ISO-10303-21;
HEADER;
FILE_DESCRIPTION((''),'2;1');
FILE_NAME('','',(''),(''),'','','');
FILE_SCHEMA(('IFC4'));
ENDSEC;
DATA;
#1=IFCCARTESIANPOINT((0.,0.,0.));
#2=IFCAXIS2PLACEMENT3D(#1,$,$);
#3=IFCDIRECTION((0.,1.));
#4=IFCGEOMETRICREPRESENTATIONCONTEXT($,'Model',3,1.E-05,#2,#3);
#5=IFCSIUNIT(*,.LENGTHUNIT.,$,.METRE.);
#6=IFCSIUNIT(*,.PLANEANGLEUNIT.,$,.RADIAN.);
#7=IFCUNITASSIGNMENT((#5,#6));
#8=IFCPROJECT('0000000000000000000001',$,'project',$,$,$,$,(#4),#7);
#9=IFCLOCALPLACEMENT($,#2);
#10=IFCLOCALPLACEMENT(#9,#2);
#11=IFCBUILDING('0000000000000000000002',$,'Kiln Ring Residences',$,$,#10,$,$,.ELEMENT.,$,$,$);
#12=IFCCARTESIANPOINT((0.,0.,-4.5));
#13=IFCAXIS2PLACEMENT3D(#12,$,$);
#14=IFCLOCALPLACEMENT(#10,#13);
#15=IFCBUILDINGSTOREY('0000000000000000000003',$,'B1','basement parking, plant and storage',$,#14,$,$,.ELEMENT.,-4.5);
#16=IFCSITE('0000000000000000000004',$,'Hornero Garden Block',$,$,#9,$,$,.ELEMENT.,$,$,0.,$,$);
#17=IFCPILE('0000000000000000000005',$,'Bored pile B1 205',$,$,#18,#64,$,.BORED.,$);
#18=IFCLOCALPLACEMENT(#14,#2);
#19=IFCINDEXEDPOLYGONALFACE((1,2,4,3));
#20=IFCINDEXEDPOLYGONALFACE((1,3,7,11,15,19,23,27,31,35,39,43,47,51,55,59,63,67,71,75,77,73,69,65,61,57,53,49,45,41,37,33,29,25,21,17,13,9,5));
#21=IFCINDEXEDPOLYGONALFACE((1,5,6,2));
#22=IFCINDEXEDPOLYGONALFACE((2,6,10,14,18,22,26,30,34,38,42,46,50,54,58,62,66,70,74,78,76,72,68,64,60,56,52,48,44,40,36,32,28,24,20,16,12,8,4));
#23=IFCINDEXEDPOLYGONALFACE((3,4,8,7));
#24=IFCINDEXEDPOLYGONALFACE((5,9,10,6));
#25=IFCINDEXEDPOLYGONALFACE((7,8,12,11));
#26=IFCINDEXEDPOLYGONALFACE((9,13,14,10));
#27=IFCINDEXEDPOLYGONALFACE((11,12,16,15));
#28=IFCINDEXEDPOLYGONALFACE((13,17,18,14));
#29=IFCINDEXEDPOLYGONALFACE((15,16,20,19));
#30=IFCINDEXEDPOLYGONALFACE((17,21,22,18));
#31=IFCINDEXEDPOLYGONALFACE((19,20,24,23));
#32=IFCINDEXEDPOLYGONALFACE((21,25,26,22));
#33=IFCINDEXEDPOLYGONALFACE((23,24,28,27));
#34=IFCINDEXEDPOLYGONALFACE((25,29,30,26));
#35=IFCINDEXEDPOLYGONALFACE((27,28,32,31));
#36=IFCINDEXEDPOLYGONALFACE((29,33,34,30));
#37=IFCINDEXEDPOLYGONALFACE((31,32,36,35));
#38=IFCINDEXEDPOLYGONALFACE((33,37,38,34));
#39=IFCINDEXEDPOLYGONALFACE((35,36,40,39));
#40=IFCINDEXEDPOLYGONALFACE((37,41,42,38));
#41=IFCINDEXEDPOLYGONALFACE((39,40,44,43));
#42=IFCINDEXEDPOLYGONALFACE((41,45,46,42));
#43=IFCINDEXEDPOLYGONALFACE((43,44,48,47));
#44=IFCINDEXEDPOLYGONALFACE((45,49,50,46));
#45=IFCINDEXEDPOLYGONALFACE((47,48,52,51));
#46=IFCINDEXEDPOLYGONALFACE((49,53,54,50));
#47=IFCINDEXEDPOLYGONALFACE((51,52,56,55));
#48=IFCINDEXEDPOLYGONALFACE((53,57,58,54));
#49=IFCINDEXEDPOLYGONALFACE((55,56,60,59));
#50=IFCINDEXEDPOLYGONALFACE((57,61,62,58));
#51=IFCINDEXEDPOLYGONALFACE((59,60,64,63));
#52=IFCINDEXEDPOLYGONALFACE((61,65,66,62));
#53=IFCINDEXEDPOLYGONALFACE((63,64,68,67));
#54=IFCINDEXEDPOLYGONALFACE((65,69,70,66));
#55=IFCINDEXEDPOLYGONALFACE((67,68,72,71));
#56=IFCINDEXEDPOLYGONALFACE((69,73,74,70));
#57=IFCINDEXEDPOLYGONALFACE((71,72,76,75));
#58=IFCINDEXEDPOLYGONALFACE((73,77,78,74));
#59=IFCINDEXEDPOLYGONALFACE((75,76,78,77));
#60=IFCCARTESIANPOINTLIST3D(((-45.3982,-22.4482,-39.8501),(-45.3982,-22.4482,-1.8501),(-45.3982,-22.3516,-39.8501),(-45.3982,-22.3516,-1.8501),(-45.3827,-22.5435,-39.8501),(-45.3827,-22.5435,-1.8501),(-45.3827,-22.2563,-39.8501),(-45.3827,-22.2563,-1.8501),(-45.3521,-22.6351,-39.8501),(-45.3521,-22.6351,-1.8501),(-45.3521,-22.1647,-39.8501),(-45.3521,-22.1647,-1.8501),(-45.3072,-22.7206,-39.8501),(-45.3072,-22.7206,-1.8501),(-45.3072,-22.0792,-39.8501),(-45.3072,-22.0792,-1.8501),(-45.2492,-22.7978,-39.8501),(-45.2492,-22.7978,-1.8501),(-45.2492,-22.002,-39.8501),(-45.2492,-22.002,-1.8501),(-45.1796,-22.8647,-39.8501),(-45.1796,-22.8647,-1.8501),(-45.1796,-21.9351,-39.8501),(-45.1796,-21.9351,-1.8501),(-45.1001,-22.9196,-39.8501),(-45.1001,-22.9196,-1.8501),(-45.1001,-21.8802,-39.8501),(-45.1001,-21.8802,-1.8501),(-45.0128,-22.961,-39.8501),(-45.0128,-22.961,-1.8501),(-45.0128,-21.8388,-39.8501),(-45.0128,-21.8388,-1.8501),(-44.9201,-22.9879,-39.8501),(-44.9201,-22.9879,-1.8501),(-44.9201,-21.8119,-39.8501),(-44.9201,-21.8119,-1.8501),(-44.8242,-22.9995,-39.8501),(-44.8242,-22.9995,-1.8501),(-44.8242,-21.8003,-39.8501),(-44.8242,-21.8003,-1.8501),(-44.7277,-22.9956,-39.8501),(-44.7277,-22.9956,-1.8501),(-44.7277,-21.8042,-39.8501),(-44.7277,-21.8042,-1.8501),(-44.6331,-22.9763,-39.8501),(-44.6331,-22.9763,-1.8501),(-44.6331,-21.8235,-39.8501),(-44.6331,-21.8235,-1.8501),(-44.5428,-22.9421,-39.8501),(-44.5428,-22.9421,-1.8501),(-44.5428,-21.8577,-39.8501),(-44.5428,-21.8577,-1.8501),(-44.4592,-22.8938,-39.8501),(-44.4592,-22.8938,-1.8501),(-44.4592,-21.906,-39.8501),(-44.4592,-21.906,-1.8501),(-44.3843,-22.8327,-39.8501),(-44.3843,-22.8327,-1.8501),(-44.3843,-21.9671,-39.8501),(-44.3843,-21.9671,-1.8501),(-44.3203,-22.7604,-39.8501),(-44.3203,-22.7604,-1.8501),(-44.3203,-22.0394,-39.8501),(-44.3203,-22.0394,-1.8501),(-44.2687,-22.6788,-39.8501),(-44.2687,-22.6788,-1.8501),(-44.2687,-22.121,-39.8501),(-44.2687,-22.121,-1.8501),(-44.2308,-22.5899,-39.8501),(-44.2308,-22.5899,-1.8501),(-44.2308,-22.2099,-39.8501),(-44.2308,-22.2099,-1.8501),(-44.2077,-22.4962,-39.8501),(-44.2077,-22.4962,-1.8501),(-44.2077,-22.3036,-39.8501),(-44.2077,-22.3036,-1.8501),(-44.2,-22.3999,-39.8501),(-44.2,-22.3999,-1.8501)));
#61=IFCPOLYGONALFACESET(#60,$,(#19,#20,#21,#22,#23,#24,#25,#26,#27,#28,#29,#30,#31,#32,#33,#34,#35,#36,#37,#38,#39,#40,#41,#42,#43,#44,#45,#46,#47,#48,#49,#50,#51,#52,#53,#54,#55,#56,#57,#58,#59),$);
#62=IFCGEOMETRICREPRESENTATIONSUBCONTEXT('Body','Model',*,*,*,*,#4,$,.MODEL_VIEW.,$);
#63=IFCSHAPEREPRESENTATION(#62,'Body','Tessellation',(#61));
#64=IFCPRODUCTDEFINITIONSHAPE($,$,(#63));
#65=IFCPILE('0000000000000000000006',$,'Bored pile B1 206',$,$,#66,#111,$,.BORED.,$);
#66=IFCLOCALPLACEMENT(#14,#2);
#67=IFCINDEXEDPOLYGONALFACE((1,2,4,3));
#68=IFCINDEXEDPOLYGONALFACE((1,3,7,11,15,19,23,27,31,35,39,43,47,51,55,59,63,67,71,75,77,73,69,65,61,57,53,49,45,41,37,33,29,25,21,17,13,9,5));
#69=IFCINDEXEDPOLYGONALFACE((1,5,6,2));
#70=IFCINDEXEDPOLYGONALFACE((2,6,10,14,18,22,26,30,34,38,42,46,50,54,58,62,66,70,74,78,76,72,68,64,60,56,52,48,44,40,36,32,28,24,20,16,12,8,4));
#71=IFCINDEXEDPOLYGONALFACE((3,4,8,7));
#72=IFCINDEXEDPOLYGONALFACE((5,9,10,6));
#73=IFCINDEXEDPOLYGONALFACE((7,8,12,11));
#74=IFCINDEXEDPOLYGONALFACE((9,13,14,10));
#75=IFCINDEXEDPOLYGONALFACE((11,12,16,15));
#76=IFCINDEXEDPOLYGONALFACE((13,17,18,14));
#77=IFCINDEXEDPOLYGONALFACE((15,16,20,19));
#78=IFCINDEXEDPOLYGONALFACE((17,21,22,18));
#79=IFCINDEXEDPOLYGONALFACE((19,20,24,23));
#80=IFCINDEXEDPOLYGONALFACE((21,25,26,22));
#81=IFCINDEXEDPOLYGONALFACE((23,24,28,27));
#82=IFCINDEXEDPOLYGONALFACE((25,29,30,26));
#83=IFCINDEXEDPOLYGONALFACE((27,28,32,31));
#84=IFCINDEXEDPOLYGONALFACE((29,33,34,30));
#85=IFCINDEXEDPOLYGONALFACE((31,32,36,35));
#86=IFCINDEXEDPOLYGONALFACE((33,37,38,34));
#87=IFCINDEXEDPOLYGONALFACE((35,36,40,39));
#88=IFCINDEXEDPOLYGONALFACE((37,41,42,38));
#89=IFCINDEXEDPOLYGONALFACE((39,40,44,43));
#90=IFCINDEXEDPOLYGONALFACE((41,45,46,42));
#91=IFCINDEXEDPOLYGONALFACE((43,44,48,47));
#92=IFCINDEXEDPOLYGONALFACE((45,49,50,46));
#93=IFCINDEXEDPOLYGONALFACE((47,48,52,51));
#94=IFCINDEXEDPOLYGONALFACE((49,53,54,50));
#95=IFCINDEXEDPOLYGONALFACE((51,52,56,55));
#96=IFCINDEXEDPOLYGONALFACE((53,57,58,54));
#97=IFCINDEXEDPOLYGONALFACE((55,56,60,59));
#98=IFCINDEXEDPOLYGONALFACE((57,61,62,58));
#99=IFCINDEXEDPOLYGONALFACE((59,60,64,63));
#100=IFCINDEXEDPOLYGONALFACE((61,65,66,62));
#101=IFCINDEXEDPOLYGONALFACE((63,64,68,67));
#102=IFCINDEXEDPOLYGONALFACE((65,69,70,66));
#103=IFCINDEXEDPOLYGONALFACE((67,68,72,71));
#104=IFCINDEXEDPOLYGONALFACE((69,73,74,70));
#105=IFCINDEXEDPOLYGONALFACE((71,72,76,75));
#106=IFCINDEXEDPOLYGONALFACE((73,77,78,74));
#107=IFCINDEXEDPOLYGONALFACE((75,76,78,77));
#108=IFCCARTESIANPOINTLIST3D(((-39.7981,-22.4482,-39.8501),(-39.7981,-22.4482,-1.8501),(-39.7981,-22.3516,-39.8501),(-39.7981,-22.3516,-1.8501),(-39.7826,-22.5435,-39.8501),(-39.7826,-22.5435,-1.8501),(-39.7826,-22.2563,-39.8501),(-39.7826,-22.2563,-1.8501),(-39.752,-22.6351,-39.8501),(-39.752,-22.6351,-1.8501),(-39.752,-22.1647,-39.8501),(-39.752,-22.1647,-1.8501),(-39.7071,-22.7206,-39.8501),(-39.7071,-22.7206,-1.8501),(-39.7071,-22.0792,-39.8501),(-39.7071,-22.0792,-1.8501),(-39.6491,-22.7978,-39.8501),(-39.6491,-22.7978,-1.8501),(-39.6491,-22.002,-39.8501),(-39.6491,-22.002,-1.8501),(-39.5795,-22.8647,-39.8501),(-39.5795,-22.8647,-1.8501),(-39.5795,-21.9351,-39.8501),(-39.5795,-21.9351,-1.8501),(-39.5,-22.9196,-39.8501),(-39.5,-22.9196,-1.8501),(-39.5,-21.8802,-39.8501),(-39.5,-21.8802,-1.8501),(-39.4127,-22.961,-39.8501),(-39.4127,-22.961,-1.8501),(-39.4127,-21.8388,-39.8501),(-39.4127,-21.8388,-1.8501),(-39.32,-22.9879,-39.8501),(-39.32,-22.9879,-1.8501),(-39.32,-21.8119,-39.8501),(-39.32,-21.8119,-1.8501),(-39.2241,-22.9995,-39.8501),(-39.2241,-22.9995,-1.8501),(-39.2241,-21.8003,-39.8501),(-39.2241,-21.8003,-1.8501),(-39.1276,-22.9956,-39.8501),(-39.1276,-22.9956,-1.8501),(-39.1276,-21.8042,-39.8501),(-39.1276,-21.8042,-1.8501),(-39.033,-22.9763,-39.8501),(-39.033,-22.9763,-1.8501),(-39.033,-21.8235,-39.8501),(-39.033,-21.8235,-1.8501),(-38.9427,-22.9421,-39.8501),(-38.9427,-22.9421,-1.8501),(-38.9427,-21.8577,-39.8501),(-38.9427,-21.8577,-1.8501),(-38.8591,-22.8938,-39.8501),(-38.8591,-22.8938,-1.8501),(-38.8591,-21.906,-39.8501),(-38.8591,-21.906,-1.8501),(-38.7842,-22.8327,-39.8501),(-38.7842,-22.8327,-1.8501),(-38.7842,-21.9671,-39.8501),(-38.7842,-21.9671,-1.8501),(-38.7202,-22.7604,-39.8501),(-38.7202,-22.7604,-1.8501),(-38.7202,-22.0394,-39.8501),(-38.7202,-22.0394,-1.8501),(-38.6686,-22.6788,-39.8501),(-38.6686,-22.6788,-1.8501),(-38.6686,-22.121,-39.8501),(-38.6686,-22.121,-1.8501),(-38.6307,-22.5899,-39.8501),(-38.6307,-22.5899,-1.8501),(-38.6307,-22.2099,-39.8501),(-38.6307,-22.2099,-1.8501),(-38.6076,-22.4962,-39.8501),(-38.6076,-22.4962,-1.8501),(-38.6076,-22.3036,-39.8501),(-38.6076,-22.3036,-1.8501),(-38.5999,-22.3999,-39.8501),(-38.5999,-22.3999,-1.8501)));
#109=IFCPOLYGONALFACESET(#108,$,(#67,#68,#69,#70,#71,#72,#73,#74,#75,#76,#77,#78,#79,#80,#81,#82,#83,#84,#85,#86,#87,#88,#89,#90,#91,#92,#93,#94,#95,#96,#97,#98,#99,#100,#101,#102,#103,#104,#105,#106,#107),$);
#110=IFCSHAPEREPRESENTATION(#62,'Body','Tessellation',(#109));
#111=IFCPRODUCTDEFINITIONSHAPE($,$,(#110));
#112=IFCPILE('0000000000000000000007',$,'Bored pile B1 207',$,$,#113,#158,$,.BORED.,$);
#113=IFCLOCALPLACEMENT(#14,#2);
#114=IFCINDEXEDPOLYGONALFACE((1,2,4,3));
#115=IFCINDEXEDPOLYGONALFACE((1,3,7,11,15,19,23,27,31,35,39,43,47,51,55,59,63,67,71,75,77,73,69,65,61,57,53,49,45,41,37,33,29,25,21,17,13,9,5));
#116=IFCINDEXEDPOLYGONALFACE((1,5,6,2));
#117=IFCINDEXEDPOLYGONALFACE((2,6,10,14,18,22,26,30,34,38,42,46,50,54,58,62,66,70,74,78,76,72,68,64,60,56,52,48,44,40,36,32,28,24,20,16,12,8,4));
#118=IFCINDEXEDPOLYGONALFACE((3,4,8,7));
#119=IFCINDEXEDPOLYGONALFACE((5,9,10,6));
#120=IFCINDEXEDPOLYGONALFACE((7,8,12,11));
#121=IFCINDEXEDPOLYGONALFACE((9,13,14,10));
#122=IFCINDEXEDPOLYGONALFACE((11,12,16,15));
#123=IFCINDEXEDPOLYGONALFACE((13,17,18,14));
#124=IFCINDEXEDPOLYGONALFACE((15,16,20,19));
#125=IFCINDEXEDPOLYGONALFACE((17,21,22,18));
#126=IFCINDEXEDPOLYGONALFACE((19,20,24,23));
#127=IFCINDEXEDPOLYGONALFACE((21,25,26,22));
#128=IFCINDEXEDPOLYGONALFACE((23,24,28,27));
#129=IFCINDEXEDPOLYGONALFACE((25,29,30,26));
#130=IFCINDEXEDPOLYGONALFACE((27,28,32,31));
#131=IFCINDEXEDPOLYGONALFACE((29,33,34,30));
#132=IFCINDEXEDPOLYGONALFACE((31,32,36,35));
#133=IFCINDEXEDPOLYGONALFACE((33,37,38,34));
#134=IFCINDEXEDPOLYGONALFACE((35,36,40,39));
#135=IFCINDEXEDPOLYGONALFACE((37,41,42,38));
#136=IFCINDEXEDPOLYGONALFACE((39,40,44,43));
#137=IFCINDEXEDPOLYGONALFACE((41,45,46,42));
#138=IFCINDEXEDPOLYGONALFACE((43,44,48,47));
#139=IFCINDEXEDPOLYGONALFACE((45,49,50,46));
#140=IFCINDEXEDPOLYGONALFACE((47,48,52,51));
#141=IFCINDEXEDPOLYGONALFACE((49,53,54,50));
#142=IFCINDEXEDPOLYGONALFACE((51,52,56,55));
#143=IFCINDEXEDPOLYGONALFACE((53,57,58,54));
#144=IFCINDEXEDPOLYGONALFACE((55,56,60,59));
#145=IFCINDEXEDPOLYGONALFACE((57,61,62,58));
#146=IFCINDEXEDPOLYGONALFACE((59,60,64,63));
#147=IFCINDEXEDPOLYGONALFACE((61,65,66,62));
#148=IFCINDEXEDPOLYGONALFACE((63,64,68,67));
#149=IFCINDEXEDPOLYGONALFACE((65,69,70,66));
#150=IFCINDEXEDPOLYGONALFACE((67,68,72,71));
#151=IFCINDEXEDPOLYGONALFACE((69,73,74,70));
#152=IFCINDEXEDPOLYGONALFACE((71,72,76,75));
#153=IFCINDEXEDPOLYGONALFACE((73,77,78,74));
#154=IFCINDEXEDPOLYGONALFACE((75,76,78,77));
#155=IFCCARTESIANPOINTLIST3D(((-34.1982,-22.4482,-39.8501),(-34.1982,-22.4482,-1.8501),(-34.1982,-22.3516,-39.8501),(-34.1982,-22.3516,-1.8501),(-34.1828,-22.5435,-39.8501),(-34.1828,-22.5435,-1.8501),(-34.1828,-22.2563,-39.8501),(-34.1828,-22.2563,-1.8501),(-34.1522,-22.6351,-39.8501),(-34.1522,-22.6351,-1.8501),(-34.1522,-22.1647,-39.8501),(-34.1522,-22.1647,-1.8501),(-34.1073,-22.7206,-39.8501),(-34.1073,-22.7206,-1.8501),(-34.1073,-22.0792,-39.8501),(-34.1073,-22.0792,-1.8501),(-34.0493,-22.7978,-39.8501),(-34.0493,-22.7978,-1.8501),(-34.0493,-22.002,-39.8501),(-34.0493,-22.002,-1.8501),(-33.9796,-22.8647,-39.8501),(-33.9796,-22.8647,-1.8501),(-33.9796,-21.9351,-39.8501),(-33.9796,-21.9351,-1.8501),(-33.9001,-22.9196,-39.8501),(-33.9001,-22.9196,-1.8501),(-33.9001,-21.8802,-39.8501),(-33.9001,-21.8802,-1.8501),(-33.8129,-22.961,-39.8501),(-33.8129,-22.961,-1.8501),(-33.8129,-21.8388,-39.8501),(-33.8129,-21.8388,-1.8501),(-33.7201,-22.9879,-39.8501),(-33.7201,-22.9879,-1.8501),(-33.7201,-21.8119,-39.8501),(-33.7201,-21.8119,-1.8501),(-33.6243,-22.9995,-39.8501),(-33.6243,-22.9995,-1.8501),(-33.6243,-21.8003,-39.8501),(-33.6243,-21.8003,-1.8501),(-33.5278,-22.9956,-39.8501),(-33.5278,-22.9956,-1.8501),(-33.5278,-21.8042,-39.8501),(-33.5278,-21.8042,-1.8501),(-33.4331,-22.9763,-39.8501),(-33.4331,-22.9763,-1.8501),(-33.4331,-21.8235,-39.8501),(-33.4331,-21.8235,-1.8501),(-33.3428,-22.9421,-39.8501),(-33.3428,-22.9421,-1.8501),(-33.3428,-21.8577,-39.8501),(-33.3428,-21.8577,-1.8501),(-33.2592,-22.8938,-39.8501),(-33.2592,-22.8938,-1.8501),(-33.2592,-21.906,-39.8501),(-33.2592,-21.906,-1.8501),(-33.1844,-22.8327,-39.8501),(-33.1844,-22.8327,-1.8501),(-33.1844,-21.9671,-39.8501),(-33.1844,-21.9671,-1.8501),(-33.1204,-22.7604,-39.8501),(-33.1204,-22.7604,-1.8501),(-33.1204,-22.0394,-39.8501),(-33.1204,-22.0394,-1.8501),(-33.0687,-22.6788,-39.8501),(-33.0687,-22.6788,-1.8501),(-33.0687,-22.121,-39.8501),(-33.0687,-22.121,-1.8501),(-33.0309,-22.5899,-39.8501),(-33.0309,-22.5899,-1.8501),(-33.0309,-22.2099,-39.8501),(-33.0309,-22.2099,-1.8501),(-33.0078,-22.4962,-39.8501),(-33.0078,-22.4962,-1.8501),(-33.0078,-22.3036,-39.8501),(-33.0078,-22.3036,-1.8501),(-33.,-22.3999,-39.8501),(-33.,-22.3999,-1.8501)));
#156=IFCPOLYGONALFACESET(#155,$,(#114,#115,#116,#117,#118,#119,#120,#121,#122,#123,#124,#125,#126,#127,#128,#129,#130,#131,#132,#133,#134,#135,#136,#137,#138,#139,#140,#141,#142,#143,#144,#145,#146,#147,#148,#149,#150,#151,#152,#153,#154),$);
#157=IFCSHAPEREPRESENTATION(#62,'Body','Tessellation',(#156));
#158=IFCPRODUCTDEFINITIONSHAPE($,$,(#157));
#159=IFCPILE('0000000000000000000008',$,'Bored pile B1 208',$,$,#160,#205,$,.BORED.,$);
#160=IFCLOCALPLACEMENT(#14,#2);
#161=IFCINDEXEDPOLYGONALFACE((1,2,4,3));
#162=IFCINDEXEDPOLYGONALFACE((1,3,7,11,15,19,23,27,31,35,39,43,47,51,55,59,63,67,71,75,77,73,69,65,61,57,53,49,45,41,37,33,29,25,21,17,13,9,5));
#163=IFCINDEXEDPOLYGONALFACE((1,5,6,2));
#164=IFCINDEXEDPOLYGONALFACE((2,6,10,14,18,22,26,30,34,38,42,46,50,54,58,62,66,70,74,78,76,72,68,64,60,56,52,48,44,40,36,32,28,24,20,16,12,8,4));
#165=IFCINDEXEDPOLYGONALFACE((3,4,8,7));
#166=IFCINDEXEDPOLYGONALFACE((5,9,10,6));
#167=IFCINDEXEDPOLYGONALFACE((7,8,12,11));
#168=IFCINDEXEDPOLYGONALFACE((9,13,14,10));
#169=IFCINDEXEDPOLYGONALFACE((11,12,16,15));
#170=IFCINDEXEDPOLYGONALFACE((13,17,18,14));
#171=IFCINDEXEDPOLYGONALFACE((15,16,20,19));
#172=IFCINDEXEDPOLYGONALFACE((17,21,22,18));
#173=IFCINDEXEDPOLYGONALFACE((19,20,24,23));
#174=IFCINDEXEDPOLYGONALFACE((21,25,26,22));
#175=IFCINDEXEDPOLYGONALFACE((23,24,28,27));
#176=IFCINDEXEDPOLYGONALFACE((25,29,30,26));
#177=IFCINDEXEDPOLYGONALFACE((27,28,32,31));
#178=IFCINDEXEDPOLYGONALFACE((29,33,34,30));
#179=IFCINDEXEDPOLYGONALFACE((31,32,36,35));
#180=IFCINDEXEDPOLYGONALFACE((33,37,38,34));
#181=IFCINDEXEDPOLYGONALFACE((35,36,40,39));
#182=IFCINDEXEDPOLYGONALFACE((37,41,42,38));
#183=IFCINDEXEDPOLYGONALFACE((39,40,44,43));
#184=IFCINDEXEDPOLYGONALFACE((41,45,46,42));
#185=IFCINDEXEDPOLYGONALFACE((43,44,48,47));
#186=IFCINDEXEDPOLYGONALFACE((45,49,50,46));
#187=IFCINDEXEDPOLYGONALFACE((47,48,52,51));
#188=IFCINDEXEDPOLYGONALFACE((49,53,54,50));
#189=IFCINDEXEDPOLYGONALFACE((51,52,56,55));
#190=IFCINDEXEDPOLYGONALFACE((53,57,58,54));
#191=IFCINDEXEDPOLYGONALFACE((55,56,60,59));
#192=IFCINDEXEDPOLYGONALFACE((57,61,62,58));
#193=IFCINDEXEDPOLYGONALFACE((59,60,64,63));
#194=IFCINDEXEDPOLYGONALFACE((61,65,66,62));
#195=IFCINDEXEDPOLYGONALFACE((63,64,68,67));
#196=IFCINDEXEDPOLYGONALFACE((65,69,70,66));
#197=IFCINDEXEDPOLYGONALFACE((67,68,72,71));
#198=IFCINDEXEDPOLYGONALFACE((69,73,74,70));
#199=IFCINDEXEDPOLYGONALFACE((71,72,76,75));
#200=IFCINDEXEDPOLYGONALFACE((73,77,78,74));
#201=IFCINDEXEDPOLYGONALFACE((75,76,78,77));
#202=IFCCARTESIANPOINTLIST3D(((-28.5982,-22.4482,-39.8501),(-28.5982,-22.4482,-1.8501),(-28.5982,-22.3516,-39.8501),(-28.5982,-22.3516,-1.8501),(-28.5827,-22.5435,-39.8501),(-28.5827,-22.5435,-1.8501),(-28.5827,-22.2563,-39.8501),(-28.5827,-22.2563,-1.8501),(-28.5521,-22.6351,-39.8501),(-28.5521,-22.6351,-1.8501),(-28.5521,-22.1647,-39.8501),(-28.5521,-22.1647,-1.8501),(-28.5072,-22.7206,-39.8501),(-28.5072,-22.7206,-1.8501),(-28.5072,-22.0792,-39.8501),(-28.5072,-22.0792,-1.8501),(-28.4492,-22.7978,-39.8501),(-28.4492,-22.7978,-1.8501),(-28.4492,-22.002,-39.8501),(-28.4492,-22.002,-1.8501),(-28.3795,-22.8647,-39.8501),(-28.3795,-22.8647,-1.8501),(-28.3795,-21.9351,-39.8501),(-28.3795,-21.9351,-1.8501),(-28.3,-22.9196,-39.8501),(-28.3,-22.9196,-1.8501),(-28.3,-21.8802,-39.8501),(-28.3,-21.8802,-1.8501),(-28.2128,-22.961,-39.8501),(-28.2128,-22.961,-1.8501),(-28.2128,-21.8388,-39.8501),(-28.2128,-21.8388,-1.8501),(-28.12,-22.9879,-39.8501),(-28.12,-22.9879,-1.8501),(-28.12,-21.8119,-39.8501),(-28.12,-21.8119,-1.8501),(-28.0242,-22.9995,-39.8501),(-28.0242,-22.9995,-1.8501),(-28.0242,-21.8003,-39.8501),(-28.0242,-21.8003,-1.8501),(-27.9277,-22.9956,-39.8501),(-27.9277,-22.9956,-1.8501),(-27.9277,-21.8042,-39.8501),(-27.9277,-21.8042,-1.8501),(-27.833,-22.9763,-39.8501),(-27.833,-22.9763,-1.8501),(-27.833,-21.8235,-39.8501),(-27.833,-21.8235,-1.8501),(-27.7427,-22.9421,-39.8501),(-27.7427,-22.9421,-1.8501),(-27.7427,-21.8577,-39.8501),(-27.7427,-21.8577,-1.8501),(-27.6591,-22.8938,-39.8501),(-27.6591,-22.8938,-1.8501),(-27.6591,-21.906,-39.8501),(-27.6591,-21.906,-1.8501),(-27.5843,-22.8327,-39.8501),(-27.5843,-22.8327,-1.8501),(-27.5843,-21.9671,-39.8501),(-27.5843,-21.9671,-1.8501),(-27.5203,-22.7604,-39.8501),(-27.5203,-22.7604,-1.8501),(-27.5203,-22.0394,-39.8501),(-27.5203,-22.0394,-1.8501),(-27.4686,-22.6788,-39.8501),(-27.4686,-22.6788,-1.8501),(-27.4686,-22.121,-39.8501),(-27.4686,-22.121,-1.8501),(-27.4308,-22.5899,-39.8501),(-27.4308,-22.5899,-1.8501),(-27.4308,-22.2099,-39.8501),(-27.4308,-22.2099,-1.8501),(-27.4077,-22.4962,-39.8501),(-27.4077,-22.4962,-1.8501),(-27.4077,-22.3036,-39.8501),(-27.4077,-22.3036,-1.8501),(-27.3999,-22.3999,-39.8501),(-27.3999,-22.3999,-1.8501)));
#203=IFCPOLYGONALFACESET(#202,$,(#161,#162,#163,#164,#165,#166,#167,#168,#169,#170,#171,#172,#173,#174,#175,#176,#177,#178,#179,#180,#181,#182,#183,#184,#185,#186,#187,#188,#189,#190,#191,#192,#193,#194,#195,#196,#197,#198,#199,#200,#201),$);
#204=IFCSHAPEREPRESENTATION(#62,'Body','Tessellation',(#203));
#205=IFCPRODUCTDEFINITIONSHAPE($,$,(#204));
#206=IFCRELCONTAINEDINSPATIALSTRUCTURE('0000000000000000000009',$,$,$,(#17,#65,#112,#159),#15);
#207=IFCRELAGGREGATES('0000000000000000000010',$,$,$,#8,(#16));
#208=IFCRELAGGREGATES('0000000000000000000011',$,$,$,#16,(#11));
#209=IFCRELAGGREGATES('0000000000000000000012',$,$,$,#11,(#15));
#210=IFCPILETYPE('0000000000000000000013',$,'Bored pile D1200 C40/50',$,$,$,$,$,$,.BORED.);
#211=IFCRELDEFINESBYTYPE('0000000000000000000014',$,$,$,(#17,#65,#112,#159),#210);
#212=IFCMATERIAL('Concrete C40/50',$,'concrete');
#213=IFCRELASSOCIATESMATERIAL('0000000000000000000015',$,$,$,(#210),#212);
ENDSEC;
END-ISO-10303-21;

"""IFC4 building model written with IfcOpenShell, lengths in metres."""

from ifc_helpers import new_model, si_unit, direction, frame, origin, origin_2d, place, context, subcontext, project, spatial, circle, extrude, material, material_profile, profile_set, type_object, element, save


model = new_model("IFC4")

# Units and contexts
model_context = context("Model", 3, precision=1e-05, world=origin(), true_north=direction((0.0, 1.0)))
body_context = subcontext(model_context, "Body", "Model", "MODEL_VIEW")
ifc_project = project(units=[si_unit("LENGTHUNIT", "METRE"), si_unit("PLANEANGLEUNIT", "RADIAN")], contexts=[model_context])

# Site, building, storey
site_placement = place(None, origin())
site = spatial("IfcSite", under=ifc_project, at=site_placement, Name="Hornero Garden Block", CompositionType="ELEMENT", RefElevation=0.0)
building_placement = place(site_placement, origin())
building = spatial("IfcBuilding", under=site, at=building_placement, Name="Kiln Ring Residences", CompositionType="ELEMENT")
storey_placement = place(building_placement, frame((0.0, 0.0, -4.5)))
storey = spatial("IfcBuildingStorey", under=building, at=storey_placement, Name="B1", Description="basement parking, plant and storage", CompositionType="ELEMENT", Elevation=-4.5)

# Piles
ifc_material_1 = material(Name="Concrete C40/50", Category="concrete")
ifc_material_profile_1 = material_profile(ifc_material_1, circle(Radius=0.6001, at=origin_2d()), Name="BORED1200")
ifc_profile_set_1 = profile_set([ifc_material_profile_1], Name="Concrete C40/50")
pile_type = type_object("IfcPileType", Name="Bored pile D1200 C40/50", PredefinedType="BORED", material=ifc_profile_set_1)
for number, where, z_axis, x_axis, name in (
    (1, (-44.8, -22.3999, -1.8501), (0.0, 0.0, -1.0), (1.0, 0.0, 0.0), "Bored pile B1 205"),
    (2, (-39.2, -22.3999, -1.8501), (0.0, 0.0, -1.0), (1.0, 0.0, 0.0), "Bored pile B1 206"),
    (3, (-33.6001, -22.3999, -1.8501), (0.0, 0.0, -1.0), (1.0, 0.0, 0.0), "Bored pile B1 207"),
    (4, (-28.0, -22.3999, -1.8501), (0.0, 0.0, -1.0), (1.0, 0.0, 0.0), "Bored pile B1 208"),
):
    element("IfcPile", number, at=place(storey_placement, frame(where, z_axis=z_axis, x_axis=x_axis)), inside=storey, type_object=pile_type, Name=name, PredefinedType="BORED", context=body_context, shape_type="SweptSolid", body=[
        extrude(circle(Radius=0.6001, at=origin_2d()), origin(), (0.0, 0.0, 1.0), 38.0),
    ])

save(model, "model.ifc")
